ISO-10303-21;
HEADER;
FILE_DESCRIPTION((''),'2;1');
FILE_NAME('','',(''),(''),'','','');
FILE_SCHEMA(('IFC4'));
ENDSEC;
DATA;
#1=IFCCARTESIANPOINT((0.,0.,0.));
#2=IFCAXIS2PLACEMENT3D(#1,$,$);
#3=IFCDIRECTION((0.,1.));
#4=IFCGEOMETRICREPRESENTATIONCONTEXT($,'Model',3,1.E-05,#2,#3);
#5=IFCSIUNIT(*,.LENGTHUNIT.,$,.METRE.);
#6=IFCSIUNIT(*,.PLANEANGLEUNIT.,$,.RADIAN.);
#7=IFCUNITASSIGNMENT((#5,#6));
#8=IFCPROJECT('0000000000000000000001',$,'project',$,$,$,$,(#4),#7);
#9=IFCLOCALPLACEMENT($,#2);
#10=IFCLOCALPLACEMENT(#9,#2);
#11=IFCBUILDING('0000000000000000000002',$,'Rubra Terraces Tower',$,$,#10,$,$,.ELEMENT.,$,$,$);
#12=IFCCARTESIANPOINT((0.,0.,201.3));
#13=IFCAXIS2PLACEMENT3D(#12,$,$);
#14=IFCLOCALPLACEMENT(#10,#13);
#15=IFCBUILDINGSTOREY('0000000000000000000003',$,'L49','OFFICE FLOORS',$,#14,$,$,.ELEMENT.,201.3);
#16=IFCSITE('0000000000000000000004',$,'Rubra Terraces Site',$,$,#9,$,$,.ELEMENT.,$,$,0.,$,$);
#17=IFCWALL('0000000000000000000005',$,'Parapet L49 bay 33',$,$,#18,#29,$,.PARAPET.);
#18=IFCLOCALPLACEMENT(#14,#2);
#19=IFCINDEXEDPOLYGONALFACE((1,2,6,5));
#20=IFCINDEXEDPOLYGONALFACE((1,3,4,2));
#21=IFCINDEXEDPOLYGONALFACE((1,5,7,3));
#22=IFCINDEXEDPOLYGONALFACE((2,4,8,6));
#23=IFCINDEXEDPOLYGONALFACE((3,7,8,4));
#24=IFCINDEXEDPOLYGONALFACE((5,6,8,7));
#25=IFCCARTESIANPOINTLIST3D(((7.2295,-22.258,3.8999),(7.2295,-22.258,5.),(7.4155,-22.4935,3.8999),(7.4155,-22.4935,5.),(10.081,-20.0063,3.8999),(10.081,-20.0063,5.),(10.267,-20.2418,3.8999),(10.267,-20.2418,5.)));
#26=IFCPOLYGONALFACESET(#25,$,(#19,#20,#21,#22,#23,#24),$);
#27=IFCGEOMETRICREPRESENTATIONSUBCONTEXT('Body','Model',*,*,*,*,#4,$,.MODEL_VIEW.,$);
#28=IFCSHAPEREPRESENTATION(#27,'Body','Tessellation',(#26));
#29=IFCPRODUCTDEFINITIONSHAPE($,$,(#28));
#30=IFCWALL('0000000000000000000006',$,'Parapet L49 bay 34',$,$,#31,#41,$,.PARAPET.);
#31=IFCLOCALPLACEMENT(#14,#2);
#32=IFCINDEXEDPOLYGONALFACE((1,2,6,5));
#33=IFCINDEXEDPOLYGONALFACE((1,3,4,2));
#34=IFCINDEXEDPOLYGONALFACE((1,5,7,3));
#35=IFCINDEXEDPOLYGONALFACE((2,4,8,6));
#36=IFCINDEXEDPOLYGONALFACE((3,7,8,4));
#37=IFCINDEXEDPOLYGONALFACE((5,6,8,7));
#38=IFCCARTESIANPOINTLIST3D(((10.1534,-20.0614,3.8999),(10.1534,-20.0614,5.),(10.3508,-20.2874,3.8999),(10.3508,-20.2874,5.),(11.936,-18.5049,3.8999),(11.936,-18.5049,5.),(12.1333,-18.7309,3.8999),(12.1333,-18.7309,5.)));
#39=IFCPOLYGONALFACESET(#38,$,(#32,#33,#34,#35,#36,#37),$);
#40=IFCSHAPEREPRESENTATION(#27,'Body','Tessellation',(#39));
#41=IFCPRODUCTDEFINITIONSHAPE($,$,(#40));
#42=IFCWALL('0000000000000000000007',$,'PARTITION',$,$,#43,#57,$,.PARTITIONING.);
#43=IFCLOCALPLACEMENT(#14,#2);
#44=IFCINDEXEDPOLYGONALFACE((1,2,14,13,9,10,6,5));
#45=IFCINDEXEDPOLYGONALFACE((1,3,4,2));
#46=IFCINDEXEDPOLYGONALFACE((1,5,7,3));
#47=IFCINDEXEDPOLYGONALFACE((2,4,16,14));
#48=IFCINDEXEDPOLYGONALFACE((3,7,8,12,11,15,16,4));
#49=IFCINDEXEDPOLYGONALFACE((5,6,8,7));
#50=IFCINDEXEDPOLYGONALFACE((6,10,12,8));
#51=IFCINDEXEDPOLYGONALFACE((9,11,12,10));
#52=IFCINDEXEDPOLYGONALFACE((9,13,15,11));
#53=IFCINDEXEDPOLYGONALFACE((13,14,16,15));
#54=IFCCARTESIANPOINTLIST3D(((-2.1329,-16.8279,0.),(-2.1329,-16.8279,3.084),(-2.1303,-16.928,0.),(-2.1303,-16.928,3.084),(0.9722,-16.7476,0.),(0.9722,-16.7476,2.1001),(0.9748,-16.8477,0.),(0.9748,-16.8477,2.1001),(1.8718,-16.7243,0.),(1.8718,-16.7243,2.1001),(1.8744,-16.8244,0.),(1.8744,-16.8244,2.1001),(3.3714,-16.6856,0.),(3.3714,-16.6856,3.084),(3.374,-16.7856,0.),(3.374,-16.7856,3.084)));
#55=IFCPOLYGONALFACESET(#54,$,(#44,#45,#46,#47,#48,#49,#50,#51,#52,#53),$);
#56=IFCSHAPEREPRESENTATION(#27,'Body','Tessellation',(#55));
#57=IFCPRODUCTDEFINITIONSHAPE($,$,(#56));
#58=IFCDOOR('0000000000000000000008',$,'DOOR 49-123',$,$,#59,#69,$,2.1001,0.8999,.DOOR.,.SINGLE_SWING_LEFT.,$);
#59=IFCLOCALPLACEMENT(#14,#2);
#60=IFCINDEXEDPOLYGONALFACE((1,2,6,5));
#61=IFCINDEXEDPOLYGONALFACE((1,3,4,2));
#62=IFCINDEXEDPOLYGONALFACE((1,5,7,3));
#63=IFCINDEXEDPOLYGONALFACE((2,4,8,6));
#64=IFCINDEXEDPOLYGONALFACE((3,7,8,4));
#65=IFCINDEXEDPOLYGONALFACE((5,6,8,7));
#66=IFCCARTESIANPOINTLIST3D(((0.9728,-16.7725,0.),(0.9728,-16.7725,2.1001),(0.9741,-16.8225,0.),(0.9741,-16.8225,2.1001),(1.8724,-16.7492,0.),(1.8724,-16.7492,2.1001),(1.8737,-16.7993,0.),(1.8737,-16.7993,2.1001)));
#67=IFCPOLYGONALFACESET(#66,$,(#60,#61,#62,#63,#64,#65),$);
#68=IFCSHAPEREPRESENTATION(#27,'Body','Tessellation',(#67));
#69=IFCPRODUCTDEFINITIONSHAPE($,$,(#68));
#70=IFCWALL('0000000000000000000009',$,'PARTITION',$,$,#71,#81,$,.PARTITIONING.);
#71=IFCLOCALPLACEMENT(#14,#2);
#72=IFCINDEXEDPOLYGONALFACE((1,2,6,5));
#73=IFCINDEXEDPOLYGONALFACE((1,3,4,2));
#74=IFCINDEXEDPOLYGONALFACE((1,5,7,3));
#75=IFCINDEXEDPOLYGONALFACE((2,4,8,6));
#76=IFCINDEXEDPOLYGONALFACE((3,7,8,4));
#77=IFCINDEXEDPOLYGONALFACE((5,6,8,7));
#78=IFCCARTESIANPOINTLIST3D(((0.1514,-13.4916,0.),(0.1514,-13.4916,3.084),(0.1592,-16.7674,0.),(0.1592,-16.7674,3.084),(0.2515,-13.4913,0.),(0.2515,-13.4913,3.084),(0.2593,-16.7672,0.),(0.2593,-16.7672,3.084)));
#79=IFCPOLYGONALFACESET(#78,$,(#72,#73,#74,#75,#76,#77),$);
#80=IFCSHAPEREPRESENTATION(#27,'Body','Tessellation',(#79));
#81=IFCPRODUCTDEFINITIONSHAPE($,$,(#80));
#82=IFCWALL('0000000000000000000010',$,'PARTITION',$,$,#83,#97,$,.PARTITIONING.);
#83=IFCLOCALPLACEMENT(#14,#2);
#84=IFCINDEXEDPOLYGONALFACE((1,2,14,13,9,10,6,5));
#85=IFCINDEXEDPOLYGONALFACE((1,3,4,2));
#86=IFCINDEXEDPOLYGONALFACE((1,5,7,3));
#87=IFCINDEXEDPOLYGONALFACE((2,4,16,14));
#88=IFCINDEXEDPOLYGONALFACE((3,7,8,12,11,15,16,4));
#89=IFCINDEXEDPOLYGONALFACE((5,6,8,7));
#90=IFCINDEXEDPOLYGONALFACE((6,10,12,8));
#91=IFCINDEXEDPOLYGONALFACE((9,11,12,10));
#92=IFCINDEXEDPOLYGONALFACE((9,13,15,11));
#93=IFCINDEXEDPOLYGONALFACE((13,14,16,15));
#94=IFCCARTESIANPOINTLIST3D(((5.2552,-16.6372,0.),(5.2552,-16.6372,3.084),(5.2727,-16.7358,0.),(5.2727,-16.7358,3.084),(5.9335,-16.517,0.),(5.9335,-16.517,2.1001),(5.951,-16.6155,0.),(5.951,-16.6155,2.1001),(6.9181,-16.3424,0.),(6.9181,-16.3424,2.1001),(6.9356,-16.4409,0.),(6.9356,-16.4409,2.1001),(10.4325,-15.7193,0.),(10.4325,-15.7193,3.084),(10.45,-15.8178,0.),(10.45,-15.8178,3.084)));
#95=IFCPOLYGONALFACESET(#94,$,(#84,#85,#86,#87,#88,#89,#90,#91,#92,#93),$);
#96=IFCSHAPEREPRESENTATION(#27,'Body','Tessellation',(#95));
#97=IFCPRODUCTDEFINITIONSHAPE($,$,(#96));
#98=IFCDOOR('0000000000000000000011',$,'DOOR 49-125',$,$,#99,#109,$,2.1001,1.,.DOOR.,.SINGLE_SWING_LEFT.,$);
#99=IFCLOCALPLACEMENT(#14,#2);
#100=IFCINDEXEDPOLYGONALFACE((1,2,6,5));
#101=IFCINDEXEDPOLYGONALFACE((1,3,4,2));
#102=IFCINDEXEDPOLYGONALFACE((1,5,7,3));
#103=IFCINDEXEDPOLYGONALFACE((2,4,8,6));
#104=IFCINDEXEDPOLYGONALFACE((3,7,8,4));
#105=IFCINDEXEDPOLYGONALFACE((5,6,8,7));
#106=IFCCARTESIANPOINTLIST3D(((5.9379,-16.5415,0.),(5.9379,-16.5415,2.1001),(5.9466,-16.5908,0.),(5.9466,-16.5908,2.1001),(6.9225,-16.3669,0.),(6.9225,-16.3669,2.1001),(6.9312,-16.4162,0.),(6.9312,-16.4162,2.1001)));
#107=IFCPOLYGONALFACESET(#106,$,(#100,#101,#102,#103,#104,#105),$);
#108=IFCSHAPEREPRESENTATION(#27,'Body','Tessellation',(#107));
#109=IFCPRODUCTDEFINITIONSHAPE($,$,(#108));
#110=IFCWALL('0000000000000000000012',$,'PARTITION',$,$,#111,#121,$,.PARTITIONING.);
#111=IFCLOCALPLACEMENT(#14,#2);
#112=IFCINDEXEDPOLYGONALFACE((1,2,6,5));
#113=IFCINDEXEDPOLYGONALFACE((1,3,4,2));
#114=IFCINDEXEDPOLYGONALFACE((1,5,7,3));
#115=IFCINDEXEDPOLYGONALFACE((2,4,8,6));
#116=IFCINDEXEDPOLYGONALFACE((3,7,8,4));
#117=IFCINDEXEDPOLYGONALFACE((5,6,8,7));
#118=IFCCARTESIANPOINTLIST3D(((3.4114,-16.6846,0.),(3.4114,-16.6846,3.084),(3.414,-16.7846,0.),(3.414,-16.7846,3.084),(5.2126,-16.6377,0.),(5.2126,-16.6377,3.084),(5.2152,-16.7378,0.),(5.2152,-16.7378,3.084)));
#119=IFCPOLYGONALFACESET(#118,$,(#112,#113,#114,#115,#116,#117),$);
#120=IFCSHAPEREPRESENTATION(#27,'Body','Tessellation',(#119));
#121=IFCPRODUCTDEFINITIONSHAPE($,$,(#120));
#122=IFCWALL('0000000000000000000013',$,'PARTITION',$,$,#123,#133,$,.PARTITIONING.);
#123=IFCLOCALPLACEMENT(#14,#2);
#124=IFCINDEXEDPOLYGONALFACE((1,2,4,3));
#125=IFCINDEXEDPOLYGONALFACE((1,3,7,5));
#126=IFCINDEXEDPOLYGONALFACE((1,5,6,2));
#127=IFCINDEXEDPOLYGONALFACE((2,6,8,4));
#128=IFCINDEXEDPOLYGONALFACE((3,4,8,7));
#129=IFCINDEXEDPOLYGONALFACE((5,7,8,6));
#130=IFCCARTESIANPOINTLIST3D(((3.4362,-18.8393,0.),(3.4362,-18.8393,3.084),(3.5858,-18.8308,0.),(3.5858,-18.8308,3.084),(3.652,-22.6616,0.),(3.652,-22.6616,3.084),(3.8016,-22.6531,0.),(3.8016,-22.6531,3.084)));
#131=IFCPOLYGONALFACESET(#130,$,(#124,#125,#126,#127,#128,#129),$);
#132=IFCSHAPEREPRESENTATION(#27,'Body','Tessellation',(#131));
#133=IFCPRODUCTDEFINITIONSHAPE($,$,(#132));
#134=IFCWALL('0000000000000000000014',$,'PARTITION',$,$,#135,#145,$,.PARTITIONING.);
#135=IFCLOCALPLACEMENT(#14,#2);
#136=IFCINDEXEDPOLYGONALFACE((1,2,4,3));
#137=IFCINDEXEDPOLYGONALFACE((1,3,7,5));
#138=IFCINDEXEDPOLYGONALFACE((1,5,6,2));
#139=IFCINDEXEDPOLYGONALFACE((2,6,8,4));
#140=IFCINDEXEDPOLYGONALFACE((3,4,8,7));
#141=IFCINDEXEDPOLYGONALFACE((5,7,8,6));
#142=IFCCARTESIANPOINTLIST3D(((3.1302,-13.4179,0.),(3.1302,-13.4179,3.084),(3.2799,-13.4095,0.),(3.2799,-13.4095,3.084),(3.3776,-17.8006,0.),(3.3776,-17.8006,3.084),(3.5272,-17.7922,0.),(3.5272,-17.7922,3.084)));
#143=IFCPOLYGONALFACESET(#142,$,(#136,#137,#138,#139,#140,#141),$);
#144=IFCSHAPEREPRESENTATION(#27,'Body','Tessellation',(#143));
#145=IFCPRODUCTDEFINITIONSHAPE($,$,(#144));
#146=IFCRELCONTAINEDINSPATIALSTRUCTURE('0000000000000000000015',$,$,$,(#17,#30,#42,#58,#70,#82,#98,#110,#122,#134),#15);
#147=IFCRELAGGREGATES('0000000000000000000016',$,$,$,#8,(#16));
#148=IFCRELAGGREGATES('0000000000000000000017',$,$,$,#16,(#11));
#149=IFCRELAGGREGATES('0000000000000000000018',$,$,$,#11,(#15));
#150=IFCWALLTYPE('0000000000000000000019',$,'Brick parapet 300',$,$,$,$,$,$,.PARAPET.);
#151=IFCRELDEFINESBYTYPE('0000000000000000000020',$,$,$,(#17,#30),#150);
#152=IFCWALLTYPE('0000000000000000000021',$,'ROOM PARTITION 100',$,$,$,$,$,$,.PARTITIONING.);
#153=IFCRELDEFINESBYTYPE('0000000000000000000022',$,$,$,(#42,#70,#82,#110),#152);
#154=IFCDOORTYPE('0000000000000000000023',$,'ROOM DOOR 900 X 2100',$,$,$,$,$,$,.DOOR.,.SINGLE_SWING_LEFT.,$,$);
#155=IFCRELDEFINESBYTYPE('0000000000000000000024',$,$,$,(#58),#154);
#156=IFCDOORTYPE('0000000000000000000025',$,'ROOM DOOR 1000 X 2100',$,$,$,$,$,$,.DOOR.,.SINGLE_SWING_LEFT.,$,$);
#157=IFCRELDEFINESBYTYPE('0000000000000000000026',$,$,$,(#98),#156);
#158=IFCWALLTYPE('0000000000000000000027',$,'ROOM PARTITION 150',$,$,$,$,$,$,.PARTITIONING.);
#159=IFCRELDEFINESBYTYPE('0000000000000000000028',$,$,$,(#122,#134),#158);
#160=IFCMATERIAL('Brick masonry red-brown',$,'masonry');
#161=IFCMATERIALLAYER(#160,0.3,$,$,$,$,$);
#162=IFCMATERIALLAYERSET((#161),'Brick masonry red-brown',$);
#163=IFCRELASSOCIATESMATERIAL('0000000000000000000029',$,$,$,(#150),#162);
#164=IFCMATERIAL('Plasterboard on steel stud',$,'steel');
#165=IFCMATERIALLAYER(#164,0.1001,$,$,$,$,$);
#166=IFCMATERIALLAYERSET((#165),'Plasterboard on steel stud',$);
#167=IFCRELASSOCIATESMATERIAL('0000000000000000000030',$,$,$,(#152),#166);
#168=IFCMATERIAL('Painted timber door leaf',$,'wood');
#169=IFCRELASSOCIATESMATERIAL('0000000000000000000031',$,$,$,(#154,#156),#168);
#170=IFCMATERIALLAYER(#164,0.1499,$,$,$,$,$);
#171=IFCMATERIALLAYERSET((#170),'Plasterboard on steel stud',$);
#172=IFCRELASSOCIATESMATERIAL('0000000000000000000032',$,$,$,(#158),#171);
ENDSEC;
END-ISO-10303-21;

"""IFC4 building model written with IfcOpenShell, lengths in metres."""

from ifc_helpers import new_model, si_unit, direction, frame, frame_2d, origin, place, context, subcontext, project, spatial, rectangle, extrude, material, layer, layer_set, type_object, element, fill, save


model = new_model("IFC4")

# Units and contexts
model_context = context("Model", 3, precision=1e-05, world=origin(), true_north=direction((0.0, 1.0)))
body_context = subcontext(model_context, "Body", "Model", "MODEL_VIEW")
ifc_project = project(units=[si_unit("LENGTHUNIT", "METRE"), si_unit("PLANEANGLEUNIT", "RADIAN")], contexts=[model_context])

# Site, building, storey
site_placement = place(None, origin())
site = spatial("IfcSite", under=ifc_project, at=site_placement, Name="Rubra Terraces Site", CompositionType="ELEMENT", RefElevation=0.0)
building_placement = place(site_placement, origin())
building = spatial("IfcBuilding", under=site, at=building_placement, Name="Rubra Terraces Tower", CompositionType="ELEMENT")
storey_placement = place(building_placement, frame((0.0, 0.0, 201.3)))
storey = spatial("IfcBuildingStorey", under=building, at=storey_placement, Name="L49", Description="OFFICE FLOORS", CompositionType="ELEMENT", Elevation=201.3)

# Shared definitions
ifc_material_1 = material(Name="Brick masonry red-brown", Category="masonry")

# Walls
ifc_layer_1 = layer(ifc_material_1, 0.3)
ifc_layer_set_1 = layer_set([ifc_layer_1], Name="Brick masonry red-brown")
wall_type_1 = type_object("IfcWallType", Name="Brick parapet 300", PredefinedType="PARAPET", material=ifc_layer_set_1)
wall_1_placement = place(storey_placement, frame((7.3225, -22.3757, 3.8999), z_axis=(0.0, 0.0, 1.0), x_axis=(0.784819, 0.619725, 0.0)))
element("IfcWall", 1, at=wall_1_placement, inside=storey, type_object=wall_type_1, Name="Parapet L49 bay 33", PredefinedType="PARAPET", context=body_context, shape_type="SweptSolid", body=[
    extrude(rectangle(XDim=3.6333, YDim=0.3, at=frame_2d((1.8167, 0.0))), origin(), (0.0, 0.0, 1.0), 1.1001),
])
wall_2_placement = place(storey_placement, frame((10.2522, -20.1743, 3.8999), z_axis=(0.0, 0.0, 1.0), x_axis=(0.75326, 0.657723, 0.0)))
element("IfcWall", 2, at=wall_2_placement, inside=storey, type_object=wall_type_1, Name="Parapet L49 bay 34", PredefinedType="PARAPET", context=body_context, shape_type="SweptSolid", body=[
    extrude(rectangle(XDim=2.3665, YDim=0.3, at=frame_2d((1.1831, 0.0))), origin(), (0.0, 0.0, 1.0), 1.1001),
])

# Wall, opening, door
ifc_material_2 = material(Name="Plasterboard on steel stud", Category="steel")
ifc_layer_2 = layer(ifc_material_2, 0.1001)
ifc_layer_set_2 = layer_set([ifc_layer_2], Name="Plasterboard on steel stud")
wall_type_2 = type_object("IfcWallType", Name="ROOM PARTITION 100", PredefinedType="PARTITIONING", material=ifc_layer_set_2)
wall_3_placement = place(storey_placement, frame((3.3726, -16.7356, 0.0), z_axis=(0.0, 0.0, 1.0), x_axis=(-0.999666, -0.025851, 0.0)))
wall_3 = element("IfcWall", 3, at=wall_3_placement, inside=storey, type_object=wall_type_2, Name="PARTITION", PredefinedType="PARTITIONING", context=body_context, shape_type="SweptSolid", body=[
    extrude(rectangle(XDim=5.5061, YDim=0.1001, at=frame_2d((2.7529, 0.0))), origin(), (0.0, 0.0, 1.0), 3.084),
])
opening_1_placement = place(wall_3_placement, frame((1.5, 0.0, 0.0)))
opening_1 = element("IfcOpeningElement", 4, at=opening_1_placement, cuts=wall_3, PredefinedType="OPENING", context=body_context, shape_type="SweptSolid", body=[
    extrude(rectangle(XDim=0.8999, YDim=2.1001, at=frame_2d((0.45, 1.05))), frame((0.0, 0.0601, 0.0), z_axis=(0.0, -1.0, 0.0), x_axis=(1.0, 0.0, 0.0)), (0.0, 0.0, 1.0), 0.1201),
])
ifc_material_3 = material(Name="Painted timber door leaf", Category="wood")
door_type_1 = type_object("IfcDoorType", Name="ROOM DOOR 900 X 2100", OperationType="SINGLE_SWING_LEFT", PredefinedType="DOOR", material=ifc_material_3)
door_1_placement = place(opening_1_placement, origin())
door_1 = element("IfcDoor", 5, at=door_1_placement, inside=storey, type_object=door_type_1, Name="DOOR 49-123", OperationType="SINGLE_SWING_LEFT", OverallHeight=2.1001, OverallWidth=0.8999, PredefinedType="DOOR", context=body_context, shape_type="SweptSolid", body=[
    extrude(rectangle(XDim=0.8999, YDim=2.1001, at=frame_2d((0.45, 1.05))), frame((0.0, 0.0249, 0.0), z_axis=(0.0, -1.0, 0.0), x_axis=(1.0, 0.0, 0.0)), (0.0, 0.0, 1.0), 0.05),
])
fill(opening_1, door_1)

# Wall
wall_4_placement = place(storey_placement, frame((0.2014, -13.4915, 0.0), z_axis=(0.0, 0.0, 1.0), x_axis=(0.002385, -0.999997, 0.0)))
element("IfcWall", 6, at=wall_4_placement, inside=storey, type_object=wall_type_2, Name="PARTITION", PredefinedType="PARTITIONING", context=body_context, shape_type="SweptSolid", body=[
    extrude(rectangle(XDim=3.2759, YDim=0.1001, at=frame_2d((1.6379, 0.0))), origin(), (0.0, 0.0, 1.0), 3.084),
])

# Wall, opening, door
wall_5_placement = place(storey_placement, frame((10.4412, -15.7686, 0.0), z_axis=(0.0, 0.0, 1.0), x_axis=(-0.984642, -0.174585, 0.0)))
wall_5 = element("IfcWall", 7, at=wall_5_placement, inside=storey, type_object=wall_type_2, Name="PARTITION", PredefinedType="PARTITIONING", context=body_context, shape_type="SweptSolid", body=[
    extrude(rectangle(XDim=5.2581, YDim=0.1001, at=frame_2d((2.6289, 0.0))), origin(), (0.0, 0.0, 1.0), 3.084),
])
opening_2_placement = place(wall_5_placement, frame((3.5691, 0.0, 0.0)))
opening_2 = element("IfcOpeningElement", 8, at=opening_2_placement, cuts=wall_5, PredefinedType="OPENING", context=body_context, shape_type="SweptSolid", body=[
    extrude(rectangle(XDim=1.0, YDim=2.1001, at=frame_2d((0.5, 1.05))), frame((0.0, 0.0601, 0.0), z_axis=(0.0, -1.0, 0.0), x_axis=(1.0, 0.0, 0.0)), (0.0, 0.0, 1.0), 0.1201),
])
door_type_2 = type_object("IfcDoorType", Name="ROOM DOOR 1000 X 2100", OperationType="SINGLE_SWING_LEFT", PredefinedType="DOOR", material=ifc_material_3)
door_2_placement = place(opening_2_placement, origin())
door_2 = element("IfcDoor", 9, at=door_2_placement, inside=storey, type_object=door_type_2, Name="DOOR 49-125", OperationType="SINGLE_SWING_LEFT", OverallHeight=2.1001, OverallWidth=1.0, PredefinedType="DOOR", context=body_context, shape_type="SweptSolid", body=[
    extrude(rectangle(XDim=1.0, YDim=2.1001, at=frame_2d((0.5, 1.05))), frame((0.0, 0.0249, 0.0), z_axis=(0.0, -1.0, 0.0), x_axis=(1.0, 0.0, 0.0)), (0.0, 0.0, 1.0), 0.05),
])
fill(opening_2, door_2)

# Walls
wall_6_placement = place(storey_placement, frame((5.2139, -16.6877, 0.0), z_axis=(0.0, 0.0, 1.0), x_axis=(-0.999662, -0.026015, 0.0)))
element("IfcWall", 10, at=wall_6_placement, inside=storey, type_object=wall_type_2, Name="PARTITION", PredefinedType="PARTITIONING", context=body_context, shape_type="SweptSolid", body=[
    extrude(rectangle(XDim=1.8018, YDim=0.1001, at=frame_2d((0.9009, 0.0))), origin(), (0.0, 0.0, 1.0), 3.084),
])
ifc_layer_3 = layer(ifc_material_2, 0.1499)
ifc_layer_set_3 = layer_set([ifc_layer_3], Name="Plasterboard on steel stud")
wall_type_3 = type_object("IfcWallType", Name="ROOM PARTITION 150", PredefinedType="PARTITIONING", material=ifc_layer_set_3)
wall_7_placement = place(storey_placement, frame((3.7268, -22.6572, 0.0), z_axis=(0.0, 0.0, 1.0), x_axis=(-0.056374, 0.99841, 0.0)))
element("IfcWall", 11, at=wall_7_placement, inside=storey, type_object=wall_type_3, Name="PARTITION", PredefinedType="PARTITIONING", context=body_context, shape_type="SweptSolid", body=[
    extrude(rectangle(XDim=3.8284, YDim=0.1499, at=frame_2d((1.9141, 0.0))), origin(), (0.0, 0.0, 1.0), 3.084),
])
wall_8_placement = place(storey_placement, frame((3.4524, -17.7964, 0.0), z_axis=(0.0, 0.0, 1.0), x_axis=(-0.056342, 0.998412, 0.0)))
element("IfcWall", 12, at=wall_8_placement, inside=storey, type_object=wall_type_3, Name="PARTITION", PredefinedType="PARTITIONING", context=body_context, shape_type="SweptSolid", body=[
    extrude(rectangle(XDim=4.3896, YDim=0.1499, at=frame_2d((2.1948, 0.0))), origin(), (0.0, 0.0, 1.0), 3.084),
])

save(model, "model.ifc")
